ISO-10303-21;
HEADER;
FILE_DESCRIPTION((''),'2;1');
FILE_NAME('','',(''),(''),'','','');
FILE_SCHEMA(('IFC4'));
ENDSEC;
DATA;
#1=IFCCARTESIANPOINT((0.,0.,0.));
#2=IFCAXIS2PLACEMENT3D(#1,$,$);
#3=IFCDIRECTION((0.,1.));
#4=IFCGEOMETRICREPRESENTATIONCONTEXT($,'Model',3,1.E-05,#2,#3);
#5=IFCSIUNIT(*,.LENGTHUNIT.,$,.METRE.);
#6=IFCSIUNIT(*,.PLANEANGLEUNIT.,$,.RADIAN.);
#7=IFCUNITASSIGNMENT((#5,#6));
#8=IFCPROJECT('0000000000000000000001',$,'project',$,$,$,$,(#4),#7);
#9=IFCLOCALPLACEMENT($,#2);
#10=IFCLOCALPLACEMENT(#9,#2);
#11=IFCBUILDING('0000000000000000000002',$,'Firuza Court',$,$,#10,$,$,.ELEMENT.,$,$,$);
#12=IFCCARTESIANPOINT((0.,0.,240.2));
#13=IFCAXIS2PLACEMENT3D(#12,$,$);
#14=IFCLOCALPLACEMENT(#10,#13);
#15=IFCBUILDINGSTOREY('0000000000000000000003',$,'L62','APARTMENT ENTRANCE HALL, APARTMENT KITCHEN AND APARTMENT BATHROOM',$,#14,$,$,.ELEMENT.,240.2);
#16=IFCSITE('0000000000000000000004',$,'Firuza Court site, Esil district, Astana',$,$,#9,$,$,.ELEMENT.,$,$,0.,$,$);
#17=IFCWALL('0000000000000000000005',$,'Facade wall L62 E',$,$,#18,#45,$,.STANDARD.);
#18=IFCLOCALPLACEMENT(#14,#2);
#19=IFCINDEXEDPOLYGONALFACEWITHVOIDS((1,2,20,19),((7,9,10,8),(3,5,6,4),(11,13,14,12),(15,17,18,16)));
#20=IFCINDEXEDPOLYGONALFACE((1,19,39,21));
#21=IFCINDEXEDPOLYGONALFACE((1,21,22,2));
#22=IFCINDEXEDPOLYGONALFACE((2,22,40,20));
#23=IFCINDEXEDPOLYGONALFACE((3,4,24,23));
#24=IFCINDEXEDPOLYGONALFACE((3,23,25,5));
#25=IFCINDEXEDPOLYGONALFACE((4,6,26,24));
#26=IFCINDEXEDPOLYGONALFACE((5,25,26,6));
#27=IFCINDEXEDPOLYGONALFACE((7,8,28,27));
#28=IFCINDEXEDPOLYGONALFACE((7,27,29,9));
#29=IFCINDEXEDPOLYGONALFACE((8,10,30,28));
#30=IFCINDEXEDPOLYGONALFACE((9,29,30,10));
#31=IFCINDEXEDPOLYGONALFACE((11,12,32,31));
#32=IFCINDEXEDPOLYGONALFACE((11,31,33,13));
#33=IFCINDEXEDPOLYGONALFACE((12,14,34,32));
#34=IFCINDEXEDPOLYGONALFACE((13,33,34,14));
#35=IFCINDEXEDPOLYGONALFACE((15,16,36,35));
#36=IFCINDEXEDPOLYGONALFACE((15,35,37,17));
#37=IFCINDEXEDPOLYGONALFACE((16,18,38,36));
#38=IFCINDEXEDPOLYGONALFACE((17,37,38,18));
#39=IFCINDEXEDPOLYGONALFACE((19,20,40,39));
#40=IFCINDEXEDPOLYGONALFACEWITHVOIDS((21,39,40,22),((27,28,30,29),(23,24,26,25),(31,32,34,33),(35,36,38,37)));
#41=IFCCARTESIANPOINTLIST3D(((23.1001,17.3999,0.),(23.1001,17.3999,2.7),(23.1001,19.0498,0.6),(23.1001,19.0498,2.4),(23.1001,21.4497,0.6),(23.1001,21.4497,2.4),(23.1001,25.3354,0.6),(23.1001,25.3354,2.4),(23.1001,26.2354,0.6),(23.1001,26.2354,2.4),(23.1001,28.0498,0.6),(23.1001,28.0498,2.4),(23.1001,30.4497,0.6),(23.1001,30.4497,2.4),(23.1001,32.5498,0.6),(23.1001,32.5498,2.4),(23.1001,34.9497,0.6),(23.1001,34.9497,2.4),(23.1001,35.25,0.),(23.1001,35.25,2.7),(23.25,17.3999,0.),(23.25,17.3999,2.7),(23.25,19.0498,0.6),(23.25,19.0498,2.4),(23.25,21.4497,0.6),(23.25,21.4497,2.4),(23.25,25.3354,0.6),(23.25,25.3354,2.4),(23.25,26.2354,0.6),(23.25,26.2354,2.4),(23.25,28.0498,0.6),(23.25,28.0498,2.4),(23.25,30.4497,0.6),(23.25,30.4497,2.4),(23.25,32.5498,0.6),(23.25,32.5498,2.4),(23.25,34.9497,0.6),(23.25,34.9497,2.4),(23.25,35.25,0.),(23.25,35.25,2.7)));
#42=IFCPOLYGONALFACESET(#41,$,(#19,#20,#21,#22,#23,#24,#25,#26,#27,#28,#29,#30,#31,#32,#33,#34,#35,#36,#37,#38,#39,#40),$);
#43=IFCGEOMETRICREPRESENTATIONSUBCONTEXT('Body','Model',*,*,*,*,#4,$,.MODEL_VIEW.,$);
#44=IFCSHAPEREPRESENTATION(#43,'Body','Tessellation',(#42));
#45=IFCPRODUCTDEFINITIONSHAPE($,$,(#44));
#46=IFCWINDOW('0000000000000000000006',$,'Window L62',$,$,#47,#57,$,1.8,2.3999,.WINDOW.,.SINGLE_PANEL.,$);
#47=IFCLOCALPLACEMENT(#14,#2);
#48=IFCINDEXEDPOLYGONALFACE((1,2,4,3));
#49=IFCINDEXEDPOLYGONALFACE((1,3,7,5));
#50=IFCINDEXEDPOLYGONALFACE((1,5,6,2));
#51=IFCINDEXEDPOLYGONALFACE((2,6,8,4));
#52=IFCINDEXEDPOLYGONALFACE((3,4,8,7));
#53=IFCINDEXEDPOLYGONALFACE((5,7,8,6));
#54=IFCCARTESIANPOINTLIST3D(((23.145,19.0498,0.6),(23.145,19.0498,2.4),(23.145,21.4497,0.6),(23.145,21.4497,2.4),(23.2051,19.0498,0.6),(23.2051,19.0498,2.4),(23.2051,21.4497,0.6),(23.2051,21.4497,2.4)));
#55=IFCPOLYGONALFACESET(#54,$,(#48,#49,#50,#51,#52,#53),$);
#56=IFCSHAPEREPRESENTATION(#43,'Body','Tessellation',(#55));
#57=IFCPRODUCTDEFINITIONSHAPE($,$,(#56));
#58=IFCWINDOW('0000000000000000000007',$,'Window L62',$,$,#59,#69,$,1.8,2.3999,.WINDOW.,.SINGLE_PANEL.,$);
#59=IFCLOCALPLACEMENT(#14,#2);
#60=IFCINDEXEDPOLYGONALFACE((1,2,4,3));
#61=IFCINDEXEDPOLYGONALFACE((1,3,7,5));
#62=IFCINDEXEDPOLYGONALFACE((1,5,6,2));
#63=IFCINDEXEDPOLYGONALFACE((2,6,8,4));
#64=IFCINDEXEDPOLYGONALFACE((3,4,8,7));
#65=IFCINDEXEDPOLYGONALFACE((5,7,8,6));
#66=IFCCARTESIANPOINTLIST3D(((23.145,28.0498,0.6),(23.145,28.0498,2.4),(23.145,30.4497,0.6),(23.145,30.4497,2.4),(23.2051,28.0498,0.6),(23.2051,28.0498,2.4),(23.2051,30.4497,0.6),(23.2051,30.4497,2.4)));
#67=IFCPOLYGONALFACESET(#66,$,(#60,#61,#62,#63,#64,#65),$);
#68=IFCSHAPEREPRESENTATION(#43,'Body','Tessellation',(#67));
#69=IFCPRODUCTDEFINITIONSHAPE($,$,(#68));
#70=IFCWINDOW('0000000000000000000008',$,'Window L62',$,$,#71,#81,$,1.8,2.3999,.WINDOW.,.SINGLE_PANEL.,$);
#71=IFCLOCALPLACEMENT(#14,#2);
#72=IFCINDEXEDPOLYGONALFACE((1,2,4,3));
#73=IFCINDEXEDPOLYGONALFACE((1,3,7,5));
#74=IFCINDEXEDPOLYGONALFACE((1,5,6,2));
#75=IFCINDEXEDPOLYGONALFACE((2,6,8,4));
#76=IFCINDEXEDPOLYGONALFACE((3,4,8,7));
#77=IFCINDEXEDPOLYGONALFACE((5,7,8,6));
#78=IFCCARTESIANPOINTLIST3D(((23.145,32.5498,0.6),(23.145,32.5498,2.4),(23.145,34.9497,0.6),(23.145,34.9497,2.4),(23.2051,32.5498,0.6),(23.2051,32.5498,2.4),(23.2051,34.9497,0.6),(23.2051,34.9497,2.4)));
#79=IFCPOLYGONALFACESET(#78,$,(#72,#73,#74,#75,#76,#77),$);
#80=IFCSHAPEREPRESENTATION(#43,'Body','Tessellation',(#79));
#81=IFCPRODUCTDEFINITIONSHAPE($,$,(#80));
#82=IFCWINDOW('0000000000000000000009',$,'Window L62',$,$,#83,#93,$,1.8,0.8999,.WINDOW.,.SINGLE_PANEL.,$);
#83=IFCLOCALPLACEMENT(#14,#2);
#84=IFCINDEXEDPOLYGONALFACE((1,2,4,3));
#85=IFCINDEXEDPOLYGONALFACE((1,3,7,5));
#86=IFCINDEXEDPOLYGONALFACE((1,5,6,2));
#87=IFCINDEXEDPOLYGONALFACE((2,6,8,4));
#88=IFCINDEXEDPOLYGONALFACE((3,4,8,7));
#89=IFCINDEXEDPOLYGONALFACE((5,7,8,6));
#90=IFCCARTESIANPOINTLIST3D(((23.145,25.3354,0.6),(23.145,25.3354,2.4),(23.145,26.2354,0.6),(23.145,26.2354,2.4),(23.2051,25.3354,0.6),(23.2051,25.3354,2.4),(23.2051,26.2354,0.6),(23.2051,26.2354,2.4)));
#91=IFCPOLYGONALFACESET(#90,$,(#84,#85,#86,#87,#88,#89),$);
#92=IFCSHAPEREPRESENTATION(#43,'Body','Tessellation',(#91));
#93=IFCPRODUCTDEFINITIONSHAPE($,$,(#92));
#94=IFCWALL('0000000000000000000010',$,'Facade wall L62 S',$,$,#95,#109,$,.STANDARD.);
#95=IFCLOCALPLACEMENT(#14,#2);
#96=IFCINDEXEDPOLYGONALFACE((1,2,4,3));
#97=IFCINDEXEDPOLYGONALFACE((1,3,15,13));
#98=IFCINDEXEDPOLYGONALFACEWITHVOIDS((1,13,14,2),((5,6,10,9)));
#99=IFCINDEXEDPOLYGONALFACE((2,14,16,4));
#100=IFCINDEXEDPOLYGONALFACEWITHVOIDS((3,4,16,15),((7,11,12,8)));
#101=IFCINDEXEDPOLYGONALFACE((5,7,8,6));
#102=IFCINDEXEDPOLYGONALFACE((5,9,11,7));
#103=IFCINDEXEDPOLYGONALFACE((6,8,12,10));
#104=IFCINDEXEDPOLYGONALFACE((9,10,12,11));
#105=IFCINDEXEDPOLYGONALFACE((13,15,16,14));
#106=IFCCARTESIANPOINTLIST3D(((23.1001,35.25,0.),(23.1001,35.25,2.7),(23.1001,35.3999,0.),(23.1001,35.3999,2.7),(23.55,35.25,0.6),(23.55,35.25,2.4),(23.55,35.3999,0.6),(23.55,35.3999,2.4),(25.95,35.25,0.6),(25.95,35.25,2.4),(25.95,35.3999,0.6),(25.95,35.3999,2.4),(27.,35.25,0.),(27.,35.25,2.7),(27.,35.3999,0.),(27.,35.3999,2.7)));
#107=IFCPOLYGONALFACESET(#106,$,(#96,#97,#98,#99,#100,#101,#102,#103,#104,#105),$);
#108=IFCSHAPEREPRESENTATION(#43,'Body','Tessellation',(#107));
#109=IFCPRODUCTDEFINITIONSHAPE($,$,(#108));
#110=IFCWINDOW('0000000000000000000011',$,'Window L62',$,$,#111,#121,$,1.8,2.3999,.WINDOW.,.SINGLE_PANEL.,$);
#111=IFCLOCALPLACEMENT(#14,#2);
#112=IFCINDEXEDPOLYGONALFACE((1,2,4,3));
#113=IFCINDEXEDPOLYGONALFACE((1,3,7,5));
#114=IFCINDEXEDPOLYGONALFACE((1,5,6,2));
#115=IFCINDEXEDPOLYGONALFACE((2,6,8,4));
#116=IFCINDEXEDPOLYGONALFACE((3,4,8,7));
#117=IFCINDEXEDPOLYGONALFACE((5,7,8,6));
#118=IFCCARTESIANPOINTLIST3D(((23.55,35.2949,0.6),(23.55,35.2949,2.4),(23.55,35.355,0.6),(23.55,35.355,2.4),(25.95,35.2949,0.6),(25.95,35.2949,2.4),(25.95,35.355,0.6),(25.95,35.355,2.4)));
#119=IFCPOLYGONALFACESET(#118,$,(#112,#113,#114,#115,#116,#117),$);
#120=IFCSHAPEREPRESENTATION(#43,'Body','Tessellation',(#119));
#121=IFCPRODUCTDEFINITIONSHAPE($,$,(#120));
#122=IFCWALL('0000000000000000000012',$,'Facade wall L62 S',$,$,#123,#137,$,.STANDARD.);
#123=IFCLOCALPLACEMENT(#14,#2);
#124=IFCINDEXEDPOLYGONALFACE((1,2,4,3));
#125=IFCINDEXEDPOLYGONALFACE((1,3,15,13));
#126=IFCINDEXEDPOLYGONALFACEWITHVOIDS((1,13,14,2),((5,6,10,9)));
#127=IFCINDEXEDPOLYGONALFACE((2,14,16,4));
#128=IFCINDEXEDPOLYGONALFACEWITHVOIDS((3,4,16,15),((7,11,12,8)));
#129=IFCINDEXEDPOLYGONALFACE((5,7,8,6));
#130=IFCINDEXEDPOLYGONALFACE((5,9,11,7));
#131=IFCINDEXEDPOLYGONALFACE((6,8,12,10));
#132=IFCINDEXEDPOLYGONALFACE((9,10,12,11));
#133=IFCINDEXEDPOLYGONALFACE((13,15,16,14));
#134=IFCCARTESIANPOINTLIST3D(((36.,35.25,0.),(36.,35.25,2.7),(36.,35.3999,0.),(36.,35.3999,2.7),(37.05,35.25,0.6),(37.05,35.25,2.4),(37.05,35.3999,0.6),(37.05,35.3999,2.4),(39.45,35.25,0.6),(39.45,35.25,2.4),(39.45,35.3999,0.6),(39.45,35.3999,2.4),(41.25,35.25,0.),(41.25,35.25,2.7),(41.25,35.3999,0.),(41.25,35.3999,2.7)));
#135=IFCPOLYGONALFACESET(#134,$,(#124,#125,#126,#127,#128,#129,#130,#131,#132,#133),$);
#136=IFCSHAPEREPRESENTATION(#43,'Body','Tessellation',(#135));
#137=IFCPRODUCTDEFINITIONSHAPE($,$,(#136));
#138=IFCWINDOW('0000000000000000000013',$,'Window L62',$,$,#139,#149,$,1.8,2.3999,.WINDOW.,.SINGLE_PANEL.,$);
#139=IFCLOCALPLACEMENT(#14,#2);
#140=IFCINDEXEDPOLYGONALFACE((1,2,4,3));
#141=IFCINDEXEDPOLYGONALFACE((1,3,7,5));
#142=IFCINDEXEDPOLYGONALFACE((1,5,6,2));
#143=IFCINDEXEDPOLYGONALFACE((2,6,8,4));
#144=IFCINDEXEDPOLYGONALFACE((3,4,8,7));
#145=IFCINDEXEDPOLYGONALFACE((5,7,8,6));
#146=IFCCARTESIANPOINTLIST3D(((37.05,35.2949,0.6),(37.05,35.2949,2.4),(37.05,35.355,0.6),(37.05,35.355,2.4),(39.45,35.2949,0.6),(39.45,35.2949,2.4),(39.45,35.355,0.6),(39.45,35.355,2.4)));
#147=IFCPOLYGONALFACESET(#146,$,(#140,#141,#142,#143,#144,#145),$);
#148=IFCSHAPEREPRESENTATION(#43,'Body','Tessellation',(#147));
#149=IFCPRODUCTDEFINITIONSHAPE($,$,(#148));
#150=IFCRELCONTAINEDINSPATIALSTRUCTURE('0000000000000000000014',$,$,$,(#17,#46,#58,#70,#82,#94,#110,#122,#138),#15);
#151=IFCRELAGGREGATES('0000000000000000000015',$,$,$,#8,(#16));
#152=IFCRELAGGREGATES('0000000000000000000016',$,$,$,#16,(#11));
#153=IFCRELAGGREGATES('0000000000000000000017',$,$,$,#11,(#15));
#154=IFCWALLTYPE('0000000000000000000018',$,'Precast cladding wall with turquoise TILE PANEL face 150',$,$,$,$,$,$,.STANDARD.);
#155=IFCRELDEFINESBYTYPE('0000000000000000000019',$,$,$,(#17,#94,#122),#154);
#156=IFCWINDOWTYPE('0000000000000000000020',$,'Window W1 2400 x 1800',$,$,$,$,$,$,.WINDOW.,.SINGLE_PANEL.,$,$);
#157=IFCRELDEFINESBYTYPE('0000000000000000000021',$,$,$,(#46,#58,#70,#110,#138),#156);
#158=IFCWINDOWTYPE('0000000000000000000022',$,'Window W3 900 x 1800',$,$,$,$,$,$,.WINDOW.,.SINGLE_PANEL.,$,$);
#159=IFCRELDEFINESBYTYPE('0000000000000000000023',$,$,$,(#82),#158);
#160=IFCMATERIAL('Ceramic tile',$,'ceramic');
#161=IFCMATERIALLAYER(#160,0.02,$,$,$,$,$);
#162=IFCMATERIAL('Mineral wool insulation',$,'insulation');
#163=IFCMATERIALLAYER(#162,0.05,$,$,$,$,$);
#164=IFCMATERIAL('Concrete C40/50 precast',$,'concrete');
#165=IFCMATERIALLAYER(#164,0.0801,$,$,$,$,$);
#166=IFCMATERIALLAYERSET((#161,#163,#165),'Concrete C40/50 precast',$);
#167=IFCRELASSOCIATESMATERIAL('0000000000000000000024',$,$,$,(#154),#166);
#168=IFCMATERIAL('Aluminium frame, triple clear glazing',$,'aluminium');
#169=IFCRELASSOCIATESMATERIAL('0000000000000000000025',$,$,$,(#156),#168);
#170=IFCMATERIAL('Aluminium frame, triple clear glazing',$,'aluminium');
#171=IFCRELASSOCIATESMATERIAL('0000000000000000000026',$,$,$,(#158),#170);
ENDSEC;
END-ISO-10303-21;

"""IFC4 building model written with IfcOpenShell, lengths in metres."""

from ifc_helpers import new_model, si_unit, direction, frame, frame_2d, origin, place, context, subcontext, project, spatial, rectangle, extrude, material, layer, layer_set, type_object, element, fill, save


model = new_model("IFC4")

# Units and contexts
model_context = context("Model", 3, precision=1e-05, world=origin(), true_north=direction((0.0, 1.0)))
body_context = subcontext(model_context, "Body", "Model", "MODEL_VIEW")
ifc_project = project(units=[si_unit("LENGTHUNIT", "METRE"), si_unit("PLANEANGLEUNIT", "RADIAN")], contexts=[model_context])

# Site, building, storey
site_placement = place(None, origin())
site = spatial("IfcSite", under=ifc_project, at=site_placement, Name="Firuza Court site, Esil district, Astana", CompositionType="ELEMENT", RefElevation=0.0)
building_placement = place(site_placement, origin())
building = spatial("IfcBuilding", under=site, at=building_placement, Name="Firuza Court", CompositionType="ELEMENT")
storey_placement = place(building_placement, frame((0.0, 0.0, 240.2)))
storey = spatial("IfcBuildingStorey", under=building, at=storey_placement, Name="L62", Description="APARTMENT ENTRANCE HALL, APARTMENT KITCHEN AND APARTMENT BATHROOM", CompositionType="ELEMENT", Elevation=240.2)

# Shared definitions
ifc_material_1 = material(Name="Ceramic tile", Category="ceramic")
ifc_material_2 = material(Name="Mineral wool insulation", Category="insulation")
ifc_material_3 = material(Name="Concrete C40/50 precast", Category="concrete")

# Wall, openings, windows
ifc_layer_1 = layer(ifc_material_1, 0.02)
ifc_layer_2 = layer(ifc_material_2, 0.05)
ifc_layer_3 = layer(ifc_material_3, 0.0801)
ifc_layer_set_1 = layer_set([ifc_layer_1, ifc_layer_2, ifc_layer_3], Name="Concrete C40/50 precast")
wall_type_1 = type_object("IfcWallType", Name="Precast cladding wall with turquoise TILE PANEL face 150", PredefinedType="STANDARD", material=ifc_layer_set_1)
wall_1_placement = place(storey_placement, frame((23.175, 17.3999, 0.0), z_axis=(0.0, 0.0, 1.0), x_axis=(0.0, 1.0, 0.0)))
wall_1 = element("IfcWall", 1, at=wall_1_placement, inside=storey, type_object=wall_type_1, Name="Facade wall L62 E", PredefinedType="STANDARD", context=body_context, shape_type="SweptSolid", body=[
    extrude(rectangle(XDim=17.8501, YDim=0.1499, at=frame_2d((8.925, 0.0))), origin(), (0.0, 0.0, 1.0), 2.7),
])
opening_1_placement = place(wall_1_placement, frame((1.6499, 0.0, 0.6001)))
opening_1 = element("IfcOpeningElement", 2, at=opening_1_placement, cuts=wall_1, PredefinedType="OPENING", context=body_context, shape_type="SweptSolid", body=[
    extrude(rectangle(XDim=2.3999, YDim=1.8, at=frame_2d((1.2, 0.8999))), frame((0.0, 0.0869, 0.0), z_axis=(0.0, -1.0, 0.0), x_axis=(1.0, 0.0, 0.0)), (0.0, 0.0, 1.0), 0.1738),
])
opening_2_placement = place(wall_1_placement, frame((7.9355, 0.0, 0.6001)))
opening_2 = element("IfcOpeningElement", 3, at=opening_2_placement, cuts=wall_1, PredefinedType="OPENING", context=body_context, shape_type="SweptSolid", body=[
    extrude(rectangle(XDim=0.8999, YDim=1.8, at=frame_2d((0.45, 0.8999))), frame((0.0, 0.0869, 0.0), z_axis=(0.0, -1.0, 0.0), x_axis=(1.0, 0.0, 0.0)), (0.0, 0.0, 1.0), 0.1738),
])
opening_3_placement = place(wall_1_placement, frame((10.6499, 0.0, 0.6001)))
opening_3 = element("IfcOpeningElement", 4, at=opening_3_placement, cuts=wall_1, PredefinedType="OPENING", context=body_context, shape_type="SweptSolid", body=[
    extrude(rectangle(XDim=2.3999, YDim=1.8, at=frame_2d((1.2, 0.8999))), frame((0.0, 0.0869, 0.0), z_axis=(0.0, -1.0, 0.0), x_axis=(1.0, 0.0, 0.0)), (0.0, 0.0, 1.0), 0.1738),
])
opening_4_placement = place(wall_1_placement, frame((15.1499, 0.0, 0.6001)))
opening_4 = element("IfcOpeningElement", 5, at=opening_4_placement, cuts=wall_1, PredefinedType="OPENING", context=body_context, shape_type="SweptSolid", body=[
    extrude(rectangle(XDim=2.3999, YDim=1.8, at=frame_2d((1.2, 0.8999))), frame((0.0, 0.0869, 0.0), z_axis=(0.0, -1.0, 0.0), x_axis=(1.0, 0.0, 0.0)), (0.0, 0.0, 1.0), 0.1738),
])
ifc_material_4 = material(Name="Aluminium frame, triple clear glazing", Category="aluminium")
window_type_1 = type_object("IfcWindowType", Name="Window W1 2400 x 1800", PartitioningType="SINGLE_PANEL", PredefinedType="WINDOW", material=ifc_material_4)
window_1_placement = place(opening_1_placement, origin())
window_1 = element("IfcWindow", 6, at=window_1_placement, inside=storey, type_object=window_type_1, Name="Window L62", OverallHeight=1.8, OverallWidth=2.3999, PartitioningType="SINGLE_PANEL", PredefinedType="WINDOW", context=body_context, shape_type="SweptSolid", body=[
    extrude(rectangle(XDim=2.3999, YDim=1.8, at=frame_2d((1.2, 0.8999))), frame((0.0, 0.03, 0.0), z_axis=(0.0, -1.0, 0.0), x_axis=(1.0, 0.0, 0.0)), (0.0, 0.0, 1.0), 0.0601),
])
fill(opening_1, window_1)
window_2_placement = place(opening_3_placement, origin())
window_2 = element("IfcWindow", 7, at=window_2_placement, inside=storey, type_object=window_type_1, Name="Window L62", OverallHeight=1.8, OverallWidth=2.3999, PartitioningType="SINGLE_PANEL", PredefinedType="WINDOW", context=body_context, shape_type="SweptSolid", body=[
    extrude(rectangle(XDim=2.3999, YDim=1.8, at=frame_2d((1.2, 0.8999))), frame((0.0, 0.03, 0.0), z_axis=(0.0, -1.0, 0.0), x_axis=(1.0, 0.0, 0.0)), (0.0, 0.0, 1.0), 0.0601),
])
fill(opening_3, window_2)
window_3_placement = place(opening_4_placement, origin())
window_3 = element("IfcWindow", 8, at=window_3_placement, inside=storey, type_object=window_type_1, Name="Window L62", OverallHeight=1.8, OverallWidth=2.3999, PartitioningType="SINGLE_PANEL", PredefinedType="WINDOW", context=body_context, shape_type="SweptSolid", body=[
    extrude(rectangle(XDim=2.3999, YDim=1.8, at=frame_2d((1.2, 0.8999))), frame((0.0, 0.03, 0.0), z_axis=(0.0, -1.0, 0.0), x_axis=(1.0, 0.0, 0.0)), (0.0, 0.0, 1.0), 0.0601),
])
fill(opening_4, window_3)
ifc_material_5 = material(Name="Aluminium frame, triple clear glazing", Category="aluminium")
window_type_2 = type_object("IfcWindowType", Name="Window W3 900 x 1800", PartitioningType="SINGLE_PANEL", PredefinedType="WINDOW", material=ifc_material_5)
window_4_placement = place(opening_2_placement, origin())
window_4 = element("IfcWindow", 9, at=window_4_placement, inside=storey, type_object=window_type_2, Name="Window L62", OverallHeight=1.8, OverallWidth=0.8999, PartitioningType="SINGLE_PANEL", PredefinedType="WINDOW", context=body_context, shape_type="SweptSolid", body=[
    extrude(rectangle(XDim=0.8999, YDim=1.8, at=frame_2d((0.45, 0.8999))), frame((0.0, 0.03, 0.0), z_axis=(0.0, -1.0, 0.0), x_axis=(1.0, 0.0, 0.0)), (0.0, 0.0, 1.0), 0.0601),
])
fill(opening_2, window_4)

# Walls, openings, windows
wall_2_placement = place(storey_placement, frame((23.1001, 35.325, 0.0), z_axis=(0.0, 0.0, 1.0), x_axis=(1.0, 0.0, 0.0)))
wall_2 = element("IfcWall", 10, at=wall_2_placement, inside=storey, type_object=wall_type_1, Name="Facade wall L62 S", PredefinedType="STANDARD", context=body_context, shape_type="SweptSolid", body=[
    extrude(rectangle(XDim=3.8999, YDim=0.1499, at=frame_2d((1.95, 0.0))), origin(), (0.0, 0.0, 1.0), 2.7),
])
opening_5_placement = place(wall_2_placement, frame((0.45, 0.0, 0.6001)))
opening_5 = element("IfcOpeningElement", 11, at=opening_5_placement, cuts=wall_2, PredefinedType="OPENING", context=body_context, shape_type="SweptSolid", body=[
    extrude(rectangle(XDim=2.3999, YDim=1.8, at=frame_2d((1.2, 0.8999))), frame((0.0, 0.0869, 0.0), z_axis=(0.0, -1.0, 0.0), x_axis=(1.0, 0.0, 0.0)), (0.0, 0.0, 1.0), 0.1738),
])
window_5_placement = place(opening_5_placement, origin())
window_5 = element("IfcWindow", 12, at=window_5_placement, inside=storey, type_object=window_type_1, Name="Window L62", OverallHeight=1.8, OverallWidth=2.3999, PartitioningType="SINGLE_PANEL", PredefinedType="WINDOW", context=body_context, shape_type="SweptSolid", body=[
    extrude(rectangle(XDim=2.3999, YDim=1.8, at=frame_2d((1.2, 0.8999))), frame((0.0, 0.03, 0.0), z_axis=(0.0, -1.0, 0.0), x_axis=(1.0, 0.0, 0.0)), (0.0, 0.0, 1.0), 0.0601),
])
fill(opening_5, window_5)
wall_3_placement = place(storey_placement, frame((36.0, 35.325, 0.0), z_axis=(0.0, 0.0, 1.0), x_axis=(1.0, 0.0, 0.0)))
wall_3 = element("IfcWall", 13, at=wall_3_placement, inside=storey, type_object=wall_type_1, Name="Facade wall L62 S", PredefinedType="STANDARD", context=body_context, shape_type="SweptSolid", body=[
    extrude(rectangle(XDim=5.25, YDim=0.1499, at=frame_2d((2.625, 0.0))), origin(), (0.0, 0.0, 1.0), 2.7),
])
opening_6_placement = place(wall_3_placement, frame((1.05, 0.0, 0.6001)))
opening_6 = element("IfcOpeningElement", 14, at=opening_6_placement, cuts=wall_3, PredefinedType="OPENING", context=body_context, shape_type="SweptSolid", body=[
    extrude(rectangle(XDim=2.3999, YDim=1.8, at=frame_2d((1.2, 0.8999))), frame((0.0, 0.0869, 0.0), z_axis=(0.0, -1.0, 0.0), x_axis=(1.0, 0.0, 0.0)), (0.0, 0.0, 1.0), 0.1738),
])
window_6_placement = place(opening_6_placement, origin())
window_6 = element("IfcWindow", 15, at=window_6_placement, inside=storey, type_object=window_type_1, Name="Window L62", OverallHeight=1.8, OverallWidth=2.3999, PartitioningType="SINGLE_PANEL", PredefinedType="WINDOW", context=body_context, shape_type="SweptSolid", body=[
    extrude(rectangle(XDim=2.3999, YDim=1.8, at=frame_2d((1.2, 0.8999))), frame((0.0, 0.03, 0.0), z_axis=(0.0, -1.0, 0.0), x_axis=(1.0, 0.0, 0.0)), (0.0, 0.0, 1.0), 0.0601),
])
fill(opening_6, window_6)

save(model, "model.ifc")
